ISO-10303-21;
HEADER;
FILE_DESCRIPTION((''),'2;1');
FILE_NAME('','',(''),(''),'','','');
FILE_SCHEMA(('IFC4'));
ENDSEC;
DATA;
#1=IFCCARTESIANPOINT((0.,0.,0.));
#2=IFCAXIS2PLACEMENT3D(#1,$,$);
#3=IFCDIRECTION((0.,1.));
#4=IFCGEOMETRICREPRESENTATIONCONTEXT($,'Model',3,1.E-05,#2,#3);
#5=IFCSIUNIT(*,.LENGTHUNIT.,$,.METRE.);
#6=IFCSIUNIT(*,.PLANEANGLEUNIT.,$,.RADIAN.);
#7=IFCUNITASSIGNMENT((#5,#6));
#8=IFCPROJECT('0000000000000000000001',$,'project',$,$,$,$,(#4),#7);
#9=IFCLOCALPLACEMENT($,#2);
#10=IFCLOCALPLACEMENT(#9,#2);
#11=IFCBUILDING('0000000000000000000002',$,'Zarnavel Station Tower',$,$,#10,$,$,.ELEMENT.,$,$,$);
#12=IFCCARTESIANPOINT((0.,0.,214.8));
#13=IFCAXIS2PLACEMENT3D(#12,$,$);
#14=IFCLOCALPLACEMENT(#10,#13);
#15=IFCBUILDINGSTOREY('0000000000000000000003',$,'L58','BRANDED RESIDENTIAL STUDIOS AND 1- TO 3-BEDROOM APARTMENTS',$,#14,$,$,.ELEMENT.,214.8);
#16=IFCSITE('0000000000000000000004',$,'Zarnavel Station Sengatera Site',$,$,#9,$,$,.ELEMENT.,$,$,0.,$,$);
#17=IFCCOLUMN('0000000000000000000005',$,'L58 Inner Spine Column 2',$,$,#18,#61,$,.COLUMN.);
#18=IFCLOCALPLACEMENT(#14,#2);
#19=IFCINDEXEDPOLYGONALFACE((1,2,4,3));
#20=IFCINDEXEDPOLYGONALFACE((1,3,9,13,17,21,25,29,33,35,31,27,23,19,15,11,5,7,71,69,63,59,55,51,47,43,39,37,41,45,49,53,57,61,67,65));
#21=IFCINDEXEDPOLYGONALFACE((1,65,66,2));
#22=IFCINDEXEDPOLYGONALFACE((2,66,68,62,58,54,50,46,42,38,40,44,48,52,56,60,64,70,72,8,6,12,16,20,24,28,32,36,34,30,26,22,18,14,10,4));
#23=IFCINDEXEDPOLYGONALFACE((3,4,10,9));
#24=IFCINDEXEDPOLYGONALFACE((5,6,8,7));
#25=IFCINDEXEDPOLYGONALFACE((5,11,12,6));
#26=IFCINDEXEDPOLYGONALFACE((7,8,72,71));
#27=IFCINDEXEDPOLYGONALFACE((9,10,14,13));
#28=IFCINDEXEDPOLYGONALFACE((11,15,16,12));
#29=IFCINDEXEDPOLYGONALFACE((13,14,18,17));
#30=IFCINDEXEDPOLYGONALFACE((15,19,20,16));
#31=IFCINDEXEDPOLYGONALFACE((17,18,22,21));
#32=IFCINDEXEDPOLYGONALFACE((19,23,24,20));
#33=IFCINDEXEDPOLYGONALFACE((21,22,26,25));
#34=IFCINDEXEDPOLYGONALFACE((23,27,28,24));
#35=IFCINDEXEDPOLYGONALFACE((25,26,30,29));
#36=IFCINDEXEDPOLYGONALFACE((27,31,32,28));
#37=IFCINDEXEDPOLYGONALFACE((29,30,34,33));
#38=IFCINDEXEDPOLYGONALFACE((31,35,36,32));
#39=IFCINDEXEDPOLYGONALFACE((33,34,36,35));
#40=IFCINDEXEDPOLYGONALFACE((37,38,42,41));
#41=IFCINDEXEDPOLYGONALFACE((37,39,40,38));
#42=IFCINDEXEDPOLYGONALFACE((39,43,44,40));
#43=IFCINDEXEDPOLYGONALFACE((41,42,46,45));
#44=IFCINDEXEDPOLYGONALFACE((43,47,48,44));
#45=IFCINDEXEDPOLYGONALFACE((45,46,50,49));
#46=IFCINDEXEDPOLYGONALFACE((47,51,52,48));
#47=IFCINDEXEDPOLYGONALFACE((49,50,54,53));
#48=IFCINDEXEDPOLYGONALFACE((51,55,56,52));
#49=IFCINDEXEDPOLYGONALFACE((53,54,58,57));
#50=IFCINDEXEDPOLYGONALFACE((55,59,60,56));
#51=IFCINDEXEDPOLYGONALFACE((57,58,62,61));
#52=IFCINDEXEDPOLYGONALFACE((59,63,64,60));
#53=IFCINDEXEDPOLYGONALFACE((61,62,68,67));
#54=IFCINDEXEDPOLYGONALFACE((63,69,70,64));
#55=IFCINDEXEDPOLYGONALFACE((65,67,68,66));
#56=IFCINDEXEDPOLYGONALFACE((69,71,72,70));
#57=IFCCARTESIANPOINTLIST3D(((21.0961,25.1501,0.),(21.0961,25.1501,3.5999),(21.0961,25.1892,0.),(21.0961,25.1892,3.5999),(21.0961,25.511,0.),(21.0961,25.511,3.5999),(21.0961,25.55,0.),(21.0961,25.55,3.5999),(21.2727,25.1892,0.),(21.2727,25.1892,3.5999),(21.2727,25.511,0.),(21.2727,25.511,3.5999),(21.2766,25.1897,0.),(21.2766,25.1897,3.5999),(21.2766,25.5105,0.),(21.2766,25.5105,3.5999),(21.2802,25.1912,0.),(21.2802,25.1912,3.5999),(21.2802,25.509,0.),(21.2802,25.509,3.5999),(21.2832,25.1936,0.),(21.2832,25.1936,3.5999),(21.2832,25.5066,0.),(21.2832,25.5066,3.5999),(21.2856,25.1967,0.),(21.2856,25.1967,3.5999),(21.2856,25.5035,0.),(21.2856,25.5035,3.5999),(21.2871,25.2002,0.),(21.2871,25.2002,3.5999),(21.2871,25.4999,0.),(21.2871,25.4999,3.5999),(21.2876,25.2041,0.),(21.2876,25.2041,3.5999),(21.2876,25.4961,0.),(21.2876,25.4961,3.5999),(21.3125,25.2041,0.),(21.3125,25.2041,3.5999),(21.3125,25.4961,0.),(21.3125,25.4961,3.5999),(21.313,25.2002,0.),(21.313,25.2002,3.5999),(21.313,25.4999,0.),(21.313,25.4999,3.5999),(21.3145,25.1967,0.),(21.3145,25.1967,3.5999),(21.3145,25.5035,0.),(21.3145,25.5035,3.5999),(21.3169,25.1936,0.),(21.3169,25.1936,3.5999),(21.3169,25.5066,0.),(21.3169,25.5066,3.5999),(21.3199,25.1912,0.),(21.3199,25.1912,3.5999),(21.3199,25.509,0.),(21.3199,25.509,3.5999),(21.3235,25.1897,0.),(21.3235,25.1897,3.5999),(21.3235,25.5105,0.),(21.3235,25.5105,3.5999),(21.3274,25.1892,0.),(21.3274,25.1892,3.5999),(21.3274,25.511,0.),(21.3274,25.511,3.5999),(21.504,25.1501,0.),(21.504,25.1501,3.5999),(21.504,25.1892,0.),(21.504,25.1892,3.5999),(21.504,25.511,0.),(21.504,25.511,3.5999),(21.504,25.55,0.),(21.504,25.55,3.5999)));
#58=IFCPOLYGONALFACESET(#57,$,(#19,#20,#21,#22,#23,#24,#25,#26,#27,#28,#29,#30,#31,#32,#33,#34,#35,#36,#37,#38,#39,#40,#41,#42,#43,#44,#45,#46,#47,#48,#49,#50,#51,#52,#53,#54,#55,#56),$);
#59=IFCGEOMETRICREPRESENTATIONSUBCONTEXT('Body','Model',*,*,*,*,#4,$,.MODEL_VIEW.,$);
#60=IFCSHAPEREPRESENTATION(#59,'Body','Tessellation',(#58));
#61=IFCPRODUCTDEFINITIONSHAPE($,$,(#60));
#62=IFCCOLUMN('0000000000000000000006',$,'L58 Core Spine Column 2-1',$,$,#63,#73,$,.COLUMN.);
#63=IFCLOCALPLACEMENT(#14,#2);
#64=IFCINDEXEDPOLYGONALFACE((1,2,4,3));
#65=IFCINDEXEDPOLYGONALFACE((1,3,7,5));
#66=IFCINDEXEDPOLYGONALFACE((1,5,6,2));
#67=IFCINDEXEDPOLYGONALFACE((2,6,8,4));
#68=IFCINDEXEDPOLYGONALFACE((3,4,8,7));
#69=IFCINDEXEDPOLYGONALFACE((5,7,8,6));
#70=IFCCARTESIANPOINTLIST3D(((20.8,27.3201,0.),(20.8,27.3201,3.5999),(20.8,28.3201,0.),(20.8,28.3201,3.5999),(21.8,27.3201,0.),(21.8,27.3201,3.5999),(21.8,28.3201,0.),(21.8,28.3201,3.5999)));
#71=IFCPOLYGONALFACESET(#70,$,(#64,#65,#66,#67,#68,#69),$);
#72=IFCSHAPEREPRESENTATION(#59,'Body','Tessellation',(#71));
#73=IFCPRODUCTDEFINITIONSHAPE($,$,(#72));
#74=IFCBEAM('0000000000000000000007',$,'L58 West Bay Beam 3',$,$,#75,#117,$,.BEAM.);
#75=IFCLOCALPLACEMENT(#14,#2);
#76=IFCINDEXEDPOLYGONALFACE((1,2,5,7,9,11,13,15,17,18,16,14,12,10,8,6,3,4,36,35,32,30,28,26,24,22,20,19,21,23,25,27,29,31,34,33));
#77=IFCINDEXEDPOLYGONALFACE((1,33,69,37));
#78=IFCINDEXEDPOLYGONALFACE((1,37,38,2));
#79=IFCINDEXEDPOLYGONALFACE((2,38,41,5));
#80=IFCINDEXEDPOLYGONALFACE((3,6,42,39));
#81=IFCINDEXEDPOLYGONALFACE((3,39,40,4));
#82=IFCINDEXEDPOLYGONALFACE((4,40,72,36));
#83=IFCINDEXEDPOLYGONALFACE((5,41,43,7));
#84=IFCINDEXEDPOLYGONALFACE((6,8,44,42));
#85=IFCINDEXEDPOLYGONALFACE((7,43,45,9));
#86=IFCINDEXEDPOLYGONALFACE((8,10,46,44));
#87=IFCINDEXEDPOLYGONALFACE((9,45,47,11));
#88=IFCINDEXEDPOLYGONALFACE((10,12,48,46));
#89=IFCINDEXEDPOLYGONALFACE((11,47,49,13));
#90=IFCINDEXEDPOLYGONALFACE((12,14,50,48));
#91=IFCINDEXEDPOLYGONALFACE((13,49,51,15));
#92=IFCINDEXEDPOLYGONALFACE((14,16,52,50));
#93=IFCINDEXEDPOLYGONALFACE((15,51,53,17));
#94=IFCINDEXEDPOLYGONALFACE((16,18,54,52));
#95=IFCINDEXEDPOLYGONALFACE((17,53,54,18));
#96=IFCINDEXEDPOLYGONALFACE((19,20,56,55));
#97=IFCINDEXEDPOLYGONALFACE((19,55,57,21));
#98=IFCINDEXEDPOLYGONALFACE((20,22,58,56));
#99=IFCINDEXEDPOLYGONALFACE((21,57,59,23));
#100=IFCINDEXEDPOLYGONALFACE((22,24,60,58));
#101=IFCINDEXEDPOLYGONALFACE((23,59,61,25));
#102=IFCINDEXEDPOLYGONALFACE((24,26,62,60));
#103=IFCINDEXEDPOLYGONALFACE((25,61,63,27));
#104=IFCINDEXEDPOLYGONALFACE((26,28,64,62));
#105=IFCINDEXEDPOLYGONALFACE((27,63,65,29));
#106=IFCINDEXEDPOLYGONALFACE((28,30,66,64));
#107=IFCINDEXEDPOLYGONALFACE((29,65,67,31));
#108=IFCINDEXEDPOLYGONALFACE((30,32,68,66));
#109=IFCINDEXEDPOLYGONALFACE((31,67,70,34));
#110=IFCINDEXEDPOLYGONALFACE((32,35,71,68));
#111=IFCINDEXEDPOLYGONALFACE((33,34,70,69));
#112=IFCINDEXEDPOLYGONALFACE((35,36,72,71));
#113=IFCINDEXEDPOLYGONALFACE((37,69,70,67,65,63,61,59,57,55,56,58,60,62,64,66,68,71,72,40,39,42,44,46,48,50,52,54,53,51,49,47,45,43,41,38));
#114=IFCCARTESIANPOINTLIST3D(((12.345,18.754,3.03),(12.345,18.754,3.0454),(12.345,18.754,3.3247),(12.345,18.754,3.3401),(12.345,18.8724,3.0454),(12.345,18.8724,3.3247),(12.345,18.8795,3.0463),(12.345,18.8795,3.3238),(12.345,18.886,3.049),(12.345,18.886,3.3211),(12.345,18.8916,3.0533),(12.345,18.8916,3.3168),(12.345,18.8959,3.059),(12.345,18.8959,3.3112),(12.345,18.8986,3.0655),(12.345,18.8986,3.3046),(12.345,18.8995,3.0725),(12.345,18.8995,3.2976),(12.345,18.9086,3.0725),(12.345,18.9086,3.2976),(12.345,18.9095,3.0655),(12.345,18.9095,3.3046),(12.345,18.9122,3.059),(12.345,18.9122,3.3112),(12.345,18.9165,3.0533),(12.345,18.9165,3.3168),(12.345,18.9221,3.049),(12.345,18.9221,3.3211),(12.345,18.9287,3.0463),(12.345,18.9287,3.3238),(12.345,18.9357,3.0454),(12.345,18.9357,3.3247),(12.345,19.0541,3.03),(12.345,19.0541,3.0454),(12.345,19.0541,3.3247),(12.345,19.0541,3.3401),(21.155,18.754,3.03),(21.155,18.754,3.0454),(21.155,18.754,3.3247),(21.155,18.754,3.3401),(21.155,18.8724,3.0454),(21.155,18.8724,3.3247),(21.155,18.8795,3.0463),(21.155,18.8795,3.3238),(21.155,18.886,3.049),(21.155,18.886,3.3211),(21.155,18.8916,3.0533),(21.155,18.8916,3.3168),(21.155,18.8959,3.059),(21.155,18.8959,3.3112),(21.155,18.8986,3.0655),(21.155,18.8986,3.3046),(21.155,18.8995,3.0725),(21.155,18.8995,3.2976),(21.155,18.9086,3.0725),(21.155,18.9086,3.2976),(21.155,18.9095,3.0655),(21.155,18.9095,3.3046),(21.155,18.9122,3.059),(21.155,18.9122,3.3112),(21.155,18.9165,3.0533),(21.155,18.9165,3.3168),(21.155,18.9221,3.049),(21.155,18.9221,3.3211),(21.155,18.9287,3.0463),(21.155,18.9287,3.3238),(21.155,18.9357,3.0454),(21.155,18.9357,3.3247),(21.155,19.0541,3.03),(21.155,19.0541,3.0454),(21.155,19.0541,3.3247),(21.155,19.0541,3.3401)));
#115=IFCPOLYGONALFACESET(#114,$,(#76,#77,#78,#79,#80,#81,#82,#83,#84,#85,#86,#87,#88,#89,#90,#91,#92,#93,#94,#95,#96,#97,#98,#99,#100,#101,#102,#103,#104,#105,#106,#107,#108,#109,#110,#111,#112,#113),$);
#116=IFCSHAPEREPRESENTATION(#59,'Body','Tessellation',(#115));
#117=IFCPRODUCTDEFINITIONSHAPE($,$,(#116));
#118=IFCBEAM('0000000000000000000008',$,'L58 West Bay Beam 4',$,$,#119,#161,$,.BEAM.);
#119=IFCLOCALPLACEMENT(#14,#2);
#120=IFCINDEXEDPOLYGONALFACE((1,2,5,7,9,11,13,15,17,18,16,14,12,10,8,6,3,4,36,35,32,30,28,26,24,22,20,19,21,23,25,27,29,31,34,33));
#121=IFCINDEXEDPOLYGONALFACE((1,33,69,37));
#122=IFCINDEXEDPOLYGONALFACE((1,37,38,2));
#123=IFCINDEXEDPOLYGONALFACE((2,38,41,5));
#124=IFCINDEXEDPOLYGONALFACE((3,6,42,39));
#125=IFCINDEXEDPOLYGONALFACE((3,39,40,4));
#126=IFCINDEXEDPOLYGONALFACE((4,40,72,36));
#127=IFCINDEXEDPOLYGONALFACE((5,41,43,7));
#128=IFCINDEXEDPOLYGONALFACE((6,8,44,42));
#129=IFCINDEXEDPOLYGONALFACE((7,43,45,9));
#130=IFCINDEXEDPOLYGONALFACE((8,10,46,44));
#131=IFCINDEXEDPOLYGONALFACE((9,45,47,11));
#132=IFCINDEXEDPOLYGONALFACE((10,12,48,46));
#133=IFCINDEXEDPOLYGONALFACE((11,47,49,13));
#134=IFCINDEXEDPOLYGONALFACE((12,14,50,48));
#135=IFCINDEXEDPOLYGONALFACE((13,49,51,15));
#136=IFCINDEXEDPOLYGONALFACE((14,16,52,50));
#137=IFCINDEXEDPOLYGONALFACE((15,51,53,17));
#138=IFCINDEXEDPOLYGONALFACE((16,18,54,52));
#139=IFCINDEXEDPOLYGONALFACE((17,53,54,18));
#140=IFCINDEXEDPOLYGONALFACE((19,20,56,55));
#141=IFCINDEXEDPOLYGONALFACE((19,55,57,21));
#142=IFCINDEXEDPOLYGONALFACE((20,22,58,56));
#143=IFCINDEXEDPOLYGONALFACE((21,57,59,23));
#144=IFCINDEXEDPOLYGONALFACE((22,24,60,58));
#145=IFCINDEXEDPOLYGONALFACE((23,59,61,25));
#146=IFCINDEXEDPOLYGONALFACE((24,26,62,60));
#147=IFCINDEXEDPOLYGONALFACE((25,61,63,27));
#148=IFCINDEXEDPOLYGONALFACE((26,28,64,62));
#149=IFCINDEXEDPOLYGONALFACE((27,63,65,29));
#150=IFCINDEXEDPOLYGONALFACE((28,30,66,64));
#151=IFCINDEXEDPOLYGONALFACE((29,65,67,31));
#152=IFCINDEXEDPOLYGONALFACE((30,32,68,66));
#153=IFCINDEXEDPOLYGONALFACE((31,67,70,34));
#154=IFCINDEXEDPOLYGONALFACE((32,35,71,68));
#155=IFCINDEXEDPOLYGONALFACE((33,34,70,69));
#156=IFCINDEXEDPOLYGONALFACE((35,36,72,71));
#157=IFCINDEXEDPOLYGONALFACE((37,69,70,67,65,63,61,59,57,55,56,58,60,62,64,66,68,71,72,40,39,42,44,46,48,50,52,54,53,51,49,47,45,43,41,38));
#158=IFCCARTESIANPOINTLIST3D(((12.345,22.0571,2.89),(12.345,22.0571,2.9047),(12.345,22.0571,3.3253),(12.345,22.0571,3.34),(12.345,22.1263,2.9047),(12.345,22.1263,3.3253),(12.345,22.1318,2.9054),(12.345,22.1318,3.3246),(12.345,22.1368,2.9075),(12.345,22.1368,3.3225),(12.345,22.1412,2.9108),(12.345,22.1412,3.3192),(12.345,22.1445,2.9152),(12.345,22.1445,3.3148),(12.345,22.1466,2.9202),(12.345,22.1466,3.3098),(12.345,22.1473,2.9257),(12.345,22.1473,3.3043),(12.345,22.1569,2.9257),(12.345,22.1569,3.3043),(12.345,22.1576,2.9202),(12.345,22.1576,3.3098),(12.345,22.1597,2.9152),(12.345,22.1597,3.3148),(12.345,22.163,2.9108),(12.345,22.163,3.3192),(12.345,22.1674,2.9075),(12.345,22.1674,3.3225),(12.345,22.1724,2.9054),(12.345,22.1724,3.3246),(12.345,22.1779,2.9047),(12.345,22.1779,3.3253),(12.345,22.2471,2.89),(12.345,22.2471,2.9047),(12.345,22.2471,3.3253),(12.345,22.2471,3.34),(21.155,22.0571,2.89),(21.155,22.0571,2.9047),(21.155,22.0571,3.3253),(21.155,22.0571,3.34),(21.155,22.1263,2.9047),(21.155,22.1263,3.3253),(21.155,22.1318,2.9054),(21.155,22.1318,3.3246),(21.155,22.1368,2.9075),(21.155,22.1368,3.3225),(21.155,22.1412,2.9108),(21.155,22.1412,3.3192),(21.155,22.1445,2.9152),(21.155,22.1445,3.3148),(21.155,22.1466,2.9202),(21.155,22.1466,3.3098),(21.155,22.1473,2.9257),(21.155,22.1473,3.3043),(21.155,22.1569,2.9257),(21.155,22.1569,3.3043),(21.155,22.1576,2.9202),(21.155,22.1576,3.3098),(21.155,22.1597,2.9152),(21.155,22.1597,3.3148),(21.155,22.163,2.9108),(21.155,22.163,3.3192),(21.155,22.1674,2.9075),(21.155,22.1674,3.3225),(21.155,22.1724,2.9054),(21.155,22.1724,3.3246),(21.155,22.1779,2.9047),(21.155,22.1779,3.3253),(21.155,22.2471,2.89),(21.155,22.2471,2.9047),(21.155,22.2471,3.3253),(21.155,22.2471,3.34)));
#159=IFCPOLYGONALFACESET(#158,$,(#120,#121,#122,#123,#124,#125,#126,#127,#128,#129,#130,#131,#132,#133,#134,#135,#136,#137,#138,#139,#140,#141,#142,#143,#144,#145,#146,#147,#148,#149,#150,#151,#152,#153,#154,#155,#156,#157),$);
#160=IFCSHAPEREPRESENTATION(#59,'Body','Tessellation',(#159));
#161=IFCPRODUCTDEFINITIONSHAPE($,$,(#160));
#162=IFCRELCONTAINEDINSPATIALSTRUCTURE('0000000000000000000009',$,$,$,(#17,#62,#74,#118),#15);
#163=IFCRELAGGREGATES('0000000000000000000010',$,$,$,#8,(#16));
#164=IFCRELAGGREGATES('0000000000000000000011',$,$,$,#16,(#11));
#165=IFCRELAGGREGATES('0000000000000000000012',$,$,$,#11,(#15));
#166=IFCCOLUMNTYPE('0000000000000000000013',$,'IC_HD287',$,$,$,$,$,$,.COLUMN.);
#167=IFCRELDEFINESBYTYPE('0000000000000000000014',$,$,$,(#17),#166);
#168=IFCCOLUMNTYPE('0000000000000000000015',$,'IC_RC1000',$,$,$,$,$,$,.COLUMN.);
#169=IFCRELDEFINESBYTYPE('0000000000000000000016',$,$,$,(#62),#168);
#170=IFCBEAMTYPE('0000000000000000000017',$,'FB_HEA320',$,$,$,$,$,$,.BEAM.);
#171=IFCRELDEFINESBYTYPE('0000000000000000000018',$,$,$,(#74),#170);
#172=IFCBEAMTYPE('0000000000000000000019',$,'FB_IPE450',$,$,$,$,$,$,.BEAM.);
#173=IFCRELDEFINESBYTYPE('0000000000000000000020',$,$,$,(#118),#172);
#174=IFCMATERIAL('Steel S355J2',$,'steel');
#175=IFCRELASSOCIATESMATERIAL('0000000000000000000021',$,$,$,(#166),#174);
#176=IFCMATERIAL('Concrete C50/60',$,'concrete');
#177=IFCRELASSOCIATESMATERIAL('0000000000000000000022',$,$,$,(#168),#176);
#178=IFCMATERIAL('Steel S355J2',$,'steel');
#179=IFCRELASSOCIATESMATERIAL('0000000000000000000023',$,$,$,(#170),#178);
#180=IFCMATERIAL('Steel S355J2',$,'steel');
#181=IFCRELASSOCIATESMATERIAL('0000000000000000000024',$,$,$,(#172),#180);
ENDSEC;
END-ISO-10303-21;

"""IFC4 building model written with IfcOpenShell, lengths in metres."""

from ifc_helpers import new_model, si_unit, direction, frame, origin, origin_2d, place, context, subcontext, project, spatial, rectangle, i_section, extrude, material, material_profile, profile_set, type_object, element, save


model = new_model("IFC4")

# Units and contexts
model_context = context("Model", 3, precision=1e-05, world=origin(), true_north=direction((0.0, 1.0)))
body_context = subcontext(model_context, "Body", "Model", "MODEL_VIEW")
ifc_project = project(units=[si_unit("LENGTHUNIT", "METRE"), si_unit("PLANEANGLEUNIT", "RADIAN")], contexts=[model_context])

# Site, building, storey
site_placement = place(None, origin())
site = spatial("IfcSite", under=ifc_project, at=site_placement, Name="Zarnavel Station Sengatera Site", CompositionType="ELEMENT", RefElevation=0.0)
building_placement = place(site_placement, origin())
building = spatial("IfcBuilding", under=site, at=building_placement, Name="Zarnavel Station Tower", CompositionType="ELEMENT")
storey_placement = place(building_placement, frame((0.0, 0.0, 214.8)))
storey = spatial("IfcBuildingStorey", under=building, at=storey_placement, Name="L58", Description="BRANDED RESIDENTIAL STUDIOS AND 1- TO 3-BEDROOM APARTMENTS", CompositionType="ELEMENT", Elevation=214.8)

# Columns
ifc_material_1 = material(Name="Steel S355J2", Category="steel")
ifc_material_profile_1 = material_profile(ifc_material_1, i_section(OverallWidth=0.408, OverallDepth=0.3999, WebThickness=0.0249, FlangeThickness=0.0391, FilletRadius=0.0149, at=origin_2d()), Name="HD400x287")
ifc_profile_set_1 = profile_set([ifc_material_profile_1], Name="Steel S355J2")
column_type_1 = type_object("IfcColumnType", Name="IC_HD287", PredefinedType="COLUMN", material=ifc_profile_set_1)
column_1_placement = place(storey_placement, frame((21.3, 25.3501, 0.0), z_axis=(0.0, 0.0, 1.0), x_axis=(1.0, 0.0, 0.0)))
element("IfcColumn", 1, at=column_1_placement, inside=storey, type_object=column_type_1, Name="L58 Inner Spine Column 2", PredefinedType="COLUMN", context=body_context, shape_type="SweptSolid", body=[
    extrude(i_section(OverallWidth=0.408, OverallDepth=0.3999, WebThickness=0.0249, FlangeThickness=0.0391, FilletRadius=0.0149, at=origin_2d()), origin(), (0.0, 0.0, 1.0), 3.5999),
])
ifc_material_2 = material(Name="Concrete C50/60", Category="concrete")
ifc_material_profile_2 = material_profile(ifc_material_2, rectangle(XDim=1.0, YDim=1.0, at=origin_2d()), Name="RC1000x1000")
ifc_profile_set_2 = profile_set([ifc_material_profile_2], Name="Concrete C50/60")
column_type_2 = type_object("IfcColumnType", Name="IC_RC1000", PredefinedType="COLUMN", material=ifc_profile_set_2)
column_2_placement = place(storey_placement, frame((21.3, 27.8201, 0.0), z_axis=(0.0, 0.0, 1.0), x_axis=(1.0, 0.0, 0.0)))
element("IfcColumn", 2, at=column_2_placement, inside=storey, type_object=column_type_2, Name="L58 Core Spine Column 2-1", PredefinedType="COLUMN", context=body_context, shape_type="SweptSolid", body=[
    extrude(rectangle(XDim=1.0, YDim=1.0, at=origin_2d()), origin(), (0.0, 0.0, 1.0), 3.5999),
])

# Beams
ifc_material_3 = material(Name="Steel S355J2", Category="steel")
ifc_material_profile_3 = material_profile(ifc_material_3, i_section(OverallWidth=0.3, OverallDepth=0.3101, WebThickness=0.009, FlangeThickness=0.0154, FilletRadius=0.0271, at=origin_2d()), Name="HEA320")
ifc_profile_set_3 = profile_set([ifc_material_profile_3], Name="Steel S355J2")
beam_type_1 = type_object("IfcBeamType", Name="FB_HEA320", PredefinedType="BEAM", material=ifc_profile_set_3)
beam_1_placement = place(storey_placement, frame((12.345, 18.9041, 3.1851), z_axis=(1.0, 0.0, 0.0), x_axis=(0.0, 1.0, 0.0)))
element("IfcBeam", 3, at=beam_1_placement, inside=storey, type_object=beam_type_1, Name="L58 West Bay Beam 3", PredefinedType="BEAM", context=body_context, shape_type="SweptSolid", body=[
    extrude(i_section(OverallWidth=0.3, OverallDepth=0.3101, WebThickness=0.009, FlangeThickness=0.0154, FilletRadius=0.0271, at=origin_2d()), origin(), (0.0, 0.0, 1.0), 8.8101),
])
ifc_material_4 = material(Name="Steel S355J2", Category="steel")
ifc_material_profile_4 = material_profile(ifc_material_4, i_section(OverallWidth=0.1899, OverallDepth=0.45, WebThickness=0.0095, FlangeThickness=0.0146, FilletRadius=0.021, at=origin_2d()), Name="IPE450")
ifc_profile_set_4 = profile_set([ifc_material_profile_4], Name="Steel S355J2")
beam_type_2 = type_object("IfcBeamType", Name="FB_IPE450", PredefinedType="BEAM", material=ifc_profile_set_4)
beam_2_placement = place(storey_placement, frame((12.345, 22.1521, 3.115), z_axis=(1.0, 0.0, 0.0), x_axis=(0.0, 1.0, 0.0)))
element("IfcBeam", 4, at=beam_2_placement, inside=storey, type_object=beam_type_2, Name="L58 West Bay Beam 4", PredefinedType="BEAM", context=body_context, shape_type="SweptSolid", body=[
    extrude(i_section(OverallWidth=0.1899, OverallDepth=0.45, WebThickness=0.0095, FlangeThickness=0.0146, FilletRadius=0.021, at=origin_2d()), origin(), (0.0, 0.0, 1.0), 8.8101),
])

save(model, "model.ifc")
